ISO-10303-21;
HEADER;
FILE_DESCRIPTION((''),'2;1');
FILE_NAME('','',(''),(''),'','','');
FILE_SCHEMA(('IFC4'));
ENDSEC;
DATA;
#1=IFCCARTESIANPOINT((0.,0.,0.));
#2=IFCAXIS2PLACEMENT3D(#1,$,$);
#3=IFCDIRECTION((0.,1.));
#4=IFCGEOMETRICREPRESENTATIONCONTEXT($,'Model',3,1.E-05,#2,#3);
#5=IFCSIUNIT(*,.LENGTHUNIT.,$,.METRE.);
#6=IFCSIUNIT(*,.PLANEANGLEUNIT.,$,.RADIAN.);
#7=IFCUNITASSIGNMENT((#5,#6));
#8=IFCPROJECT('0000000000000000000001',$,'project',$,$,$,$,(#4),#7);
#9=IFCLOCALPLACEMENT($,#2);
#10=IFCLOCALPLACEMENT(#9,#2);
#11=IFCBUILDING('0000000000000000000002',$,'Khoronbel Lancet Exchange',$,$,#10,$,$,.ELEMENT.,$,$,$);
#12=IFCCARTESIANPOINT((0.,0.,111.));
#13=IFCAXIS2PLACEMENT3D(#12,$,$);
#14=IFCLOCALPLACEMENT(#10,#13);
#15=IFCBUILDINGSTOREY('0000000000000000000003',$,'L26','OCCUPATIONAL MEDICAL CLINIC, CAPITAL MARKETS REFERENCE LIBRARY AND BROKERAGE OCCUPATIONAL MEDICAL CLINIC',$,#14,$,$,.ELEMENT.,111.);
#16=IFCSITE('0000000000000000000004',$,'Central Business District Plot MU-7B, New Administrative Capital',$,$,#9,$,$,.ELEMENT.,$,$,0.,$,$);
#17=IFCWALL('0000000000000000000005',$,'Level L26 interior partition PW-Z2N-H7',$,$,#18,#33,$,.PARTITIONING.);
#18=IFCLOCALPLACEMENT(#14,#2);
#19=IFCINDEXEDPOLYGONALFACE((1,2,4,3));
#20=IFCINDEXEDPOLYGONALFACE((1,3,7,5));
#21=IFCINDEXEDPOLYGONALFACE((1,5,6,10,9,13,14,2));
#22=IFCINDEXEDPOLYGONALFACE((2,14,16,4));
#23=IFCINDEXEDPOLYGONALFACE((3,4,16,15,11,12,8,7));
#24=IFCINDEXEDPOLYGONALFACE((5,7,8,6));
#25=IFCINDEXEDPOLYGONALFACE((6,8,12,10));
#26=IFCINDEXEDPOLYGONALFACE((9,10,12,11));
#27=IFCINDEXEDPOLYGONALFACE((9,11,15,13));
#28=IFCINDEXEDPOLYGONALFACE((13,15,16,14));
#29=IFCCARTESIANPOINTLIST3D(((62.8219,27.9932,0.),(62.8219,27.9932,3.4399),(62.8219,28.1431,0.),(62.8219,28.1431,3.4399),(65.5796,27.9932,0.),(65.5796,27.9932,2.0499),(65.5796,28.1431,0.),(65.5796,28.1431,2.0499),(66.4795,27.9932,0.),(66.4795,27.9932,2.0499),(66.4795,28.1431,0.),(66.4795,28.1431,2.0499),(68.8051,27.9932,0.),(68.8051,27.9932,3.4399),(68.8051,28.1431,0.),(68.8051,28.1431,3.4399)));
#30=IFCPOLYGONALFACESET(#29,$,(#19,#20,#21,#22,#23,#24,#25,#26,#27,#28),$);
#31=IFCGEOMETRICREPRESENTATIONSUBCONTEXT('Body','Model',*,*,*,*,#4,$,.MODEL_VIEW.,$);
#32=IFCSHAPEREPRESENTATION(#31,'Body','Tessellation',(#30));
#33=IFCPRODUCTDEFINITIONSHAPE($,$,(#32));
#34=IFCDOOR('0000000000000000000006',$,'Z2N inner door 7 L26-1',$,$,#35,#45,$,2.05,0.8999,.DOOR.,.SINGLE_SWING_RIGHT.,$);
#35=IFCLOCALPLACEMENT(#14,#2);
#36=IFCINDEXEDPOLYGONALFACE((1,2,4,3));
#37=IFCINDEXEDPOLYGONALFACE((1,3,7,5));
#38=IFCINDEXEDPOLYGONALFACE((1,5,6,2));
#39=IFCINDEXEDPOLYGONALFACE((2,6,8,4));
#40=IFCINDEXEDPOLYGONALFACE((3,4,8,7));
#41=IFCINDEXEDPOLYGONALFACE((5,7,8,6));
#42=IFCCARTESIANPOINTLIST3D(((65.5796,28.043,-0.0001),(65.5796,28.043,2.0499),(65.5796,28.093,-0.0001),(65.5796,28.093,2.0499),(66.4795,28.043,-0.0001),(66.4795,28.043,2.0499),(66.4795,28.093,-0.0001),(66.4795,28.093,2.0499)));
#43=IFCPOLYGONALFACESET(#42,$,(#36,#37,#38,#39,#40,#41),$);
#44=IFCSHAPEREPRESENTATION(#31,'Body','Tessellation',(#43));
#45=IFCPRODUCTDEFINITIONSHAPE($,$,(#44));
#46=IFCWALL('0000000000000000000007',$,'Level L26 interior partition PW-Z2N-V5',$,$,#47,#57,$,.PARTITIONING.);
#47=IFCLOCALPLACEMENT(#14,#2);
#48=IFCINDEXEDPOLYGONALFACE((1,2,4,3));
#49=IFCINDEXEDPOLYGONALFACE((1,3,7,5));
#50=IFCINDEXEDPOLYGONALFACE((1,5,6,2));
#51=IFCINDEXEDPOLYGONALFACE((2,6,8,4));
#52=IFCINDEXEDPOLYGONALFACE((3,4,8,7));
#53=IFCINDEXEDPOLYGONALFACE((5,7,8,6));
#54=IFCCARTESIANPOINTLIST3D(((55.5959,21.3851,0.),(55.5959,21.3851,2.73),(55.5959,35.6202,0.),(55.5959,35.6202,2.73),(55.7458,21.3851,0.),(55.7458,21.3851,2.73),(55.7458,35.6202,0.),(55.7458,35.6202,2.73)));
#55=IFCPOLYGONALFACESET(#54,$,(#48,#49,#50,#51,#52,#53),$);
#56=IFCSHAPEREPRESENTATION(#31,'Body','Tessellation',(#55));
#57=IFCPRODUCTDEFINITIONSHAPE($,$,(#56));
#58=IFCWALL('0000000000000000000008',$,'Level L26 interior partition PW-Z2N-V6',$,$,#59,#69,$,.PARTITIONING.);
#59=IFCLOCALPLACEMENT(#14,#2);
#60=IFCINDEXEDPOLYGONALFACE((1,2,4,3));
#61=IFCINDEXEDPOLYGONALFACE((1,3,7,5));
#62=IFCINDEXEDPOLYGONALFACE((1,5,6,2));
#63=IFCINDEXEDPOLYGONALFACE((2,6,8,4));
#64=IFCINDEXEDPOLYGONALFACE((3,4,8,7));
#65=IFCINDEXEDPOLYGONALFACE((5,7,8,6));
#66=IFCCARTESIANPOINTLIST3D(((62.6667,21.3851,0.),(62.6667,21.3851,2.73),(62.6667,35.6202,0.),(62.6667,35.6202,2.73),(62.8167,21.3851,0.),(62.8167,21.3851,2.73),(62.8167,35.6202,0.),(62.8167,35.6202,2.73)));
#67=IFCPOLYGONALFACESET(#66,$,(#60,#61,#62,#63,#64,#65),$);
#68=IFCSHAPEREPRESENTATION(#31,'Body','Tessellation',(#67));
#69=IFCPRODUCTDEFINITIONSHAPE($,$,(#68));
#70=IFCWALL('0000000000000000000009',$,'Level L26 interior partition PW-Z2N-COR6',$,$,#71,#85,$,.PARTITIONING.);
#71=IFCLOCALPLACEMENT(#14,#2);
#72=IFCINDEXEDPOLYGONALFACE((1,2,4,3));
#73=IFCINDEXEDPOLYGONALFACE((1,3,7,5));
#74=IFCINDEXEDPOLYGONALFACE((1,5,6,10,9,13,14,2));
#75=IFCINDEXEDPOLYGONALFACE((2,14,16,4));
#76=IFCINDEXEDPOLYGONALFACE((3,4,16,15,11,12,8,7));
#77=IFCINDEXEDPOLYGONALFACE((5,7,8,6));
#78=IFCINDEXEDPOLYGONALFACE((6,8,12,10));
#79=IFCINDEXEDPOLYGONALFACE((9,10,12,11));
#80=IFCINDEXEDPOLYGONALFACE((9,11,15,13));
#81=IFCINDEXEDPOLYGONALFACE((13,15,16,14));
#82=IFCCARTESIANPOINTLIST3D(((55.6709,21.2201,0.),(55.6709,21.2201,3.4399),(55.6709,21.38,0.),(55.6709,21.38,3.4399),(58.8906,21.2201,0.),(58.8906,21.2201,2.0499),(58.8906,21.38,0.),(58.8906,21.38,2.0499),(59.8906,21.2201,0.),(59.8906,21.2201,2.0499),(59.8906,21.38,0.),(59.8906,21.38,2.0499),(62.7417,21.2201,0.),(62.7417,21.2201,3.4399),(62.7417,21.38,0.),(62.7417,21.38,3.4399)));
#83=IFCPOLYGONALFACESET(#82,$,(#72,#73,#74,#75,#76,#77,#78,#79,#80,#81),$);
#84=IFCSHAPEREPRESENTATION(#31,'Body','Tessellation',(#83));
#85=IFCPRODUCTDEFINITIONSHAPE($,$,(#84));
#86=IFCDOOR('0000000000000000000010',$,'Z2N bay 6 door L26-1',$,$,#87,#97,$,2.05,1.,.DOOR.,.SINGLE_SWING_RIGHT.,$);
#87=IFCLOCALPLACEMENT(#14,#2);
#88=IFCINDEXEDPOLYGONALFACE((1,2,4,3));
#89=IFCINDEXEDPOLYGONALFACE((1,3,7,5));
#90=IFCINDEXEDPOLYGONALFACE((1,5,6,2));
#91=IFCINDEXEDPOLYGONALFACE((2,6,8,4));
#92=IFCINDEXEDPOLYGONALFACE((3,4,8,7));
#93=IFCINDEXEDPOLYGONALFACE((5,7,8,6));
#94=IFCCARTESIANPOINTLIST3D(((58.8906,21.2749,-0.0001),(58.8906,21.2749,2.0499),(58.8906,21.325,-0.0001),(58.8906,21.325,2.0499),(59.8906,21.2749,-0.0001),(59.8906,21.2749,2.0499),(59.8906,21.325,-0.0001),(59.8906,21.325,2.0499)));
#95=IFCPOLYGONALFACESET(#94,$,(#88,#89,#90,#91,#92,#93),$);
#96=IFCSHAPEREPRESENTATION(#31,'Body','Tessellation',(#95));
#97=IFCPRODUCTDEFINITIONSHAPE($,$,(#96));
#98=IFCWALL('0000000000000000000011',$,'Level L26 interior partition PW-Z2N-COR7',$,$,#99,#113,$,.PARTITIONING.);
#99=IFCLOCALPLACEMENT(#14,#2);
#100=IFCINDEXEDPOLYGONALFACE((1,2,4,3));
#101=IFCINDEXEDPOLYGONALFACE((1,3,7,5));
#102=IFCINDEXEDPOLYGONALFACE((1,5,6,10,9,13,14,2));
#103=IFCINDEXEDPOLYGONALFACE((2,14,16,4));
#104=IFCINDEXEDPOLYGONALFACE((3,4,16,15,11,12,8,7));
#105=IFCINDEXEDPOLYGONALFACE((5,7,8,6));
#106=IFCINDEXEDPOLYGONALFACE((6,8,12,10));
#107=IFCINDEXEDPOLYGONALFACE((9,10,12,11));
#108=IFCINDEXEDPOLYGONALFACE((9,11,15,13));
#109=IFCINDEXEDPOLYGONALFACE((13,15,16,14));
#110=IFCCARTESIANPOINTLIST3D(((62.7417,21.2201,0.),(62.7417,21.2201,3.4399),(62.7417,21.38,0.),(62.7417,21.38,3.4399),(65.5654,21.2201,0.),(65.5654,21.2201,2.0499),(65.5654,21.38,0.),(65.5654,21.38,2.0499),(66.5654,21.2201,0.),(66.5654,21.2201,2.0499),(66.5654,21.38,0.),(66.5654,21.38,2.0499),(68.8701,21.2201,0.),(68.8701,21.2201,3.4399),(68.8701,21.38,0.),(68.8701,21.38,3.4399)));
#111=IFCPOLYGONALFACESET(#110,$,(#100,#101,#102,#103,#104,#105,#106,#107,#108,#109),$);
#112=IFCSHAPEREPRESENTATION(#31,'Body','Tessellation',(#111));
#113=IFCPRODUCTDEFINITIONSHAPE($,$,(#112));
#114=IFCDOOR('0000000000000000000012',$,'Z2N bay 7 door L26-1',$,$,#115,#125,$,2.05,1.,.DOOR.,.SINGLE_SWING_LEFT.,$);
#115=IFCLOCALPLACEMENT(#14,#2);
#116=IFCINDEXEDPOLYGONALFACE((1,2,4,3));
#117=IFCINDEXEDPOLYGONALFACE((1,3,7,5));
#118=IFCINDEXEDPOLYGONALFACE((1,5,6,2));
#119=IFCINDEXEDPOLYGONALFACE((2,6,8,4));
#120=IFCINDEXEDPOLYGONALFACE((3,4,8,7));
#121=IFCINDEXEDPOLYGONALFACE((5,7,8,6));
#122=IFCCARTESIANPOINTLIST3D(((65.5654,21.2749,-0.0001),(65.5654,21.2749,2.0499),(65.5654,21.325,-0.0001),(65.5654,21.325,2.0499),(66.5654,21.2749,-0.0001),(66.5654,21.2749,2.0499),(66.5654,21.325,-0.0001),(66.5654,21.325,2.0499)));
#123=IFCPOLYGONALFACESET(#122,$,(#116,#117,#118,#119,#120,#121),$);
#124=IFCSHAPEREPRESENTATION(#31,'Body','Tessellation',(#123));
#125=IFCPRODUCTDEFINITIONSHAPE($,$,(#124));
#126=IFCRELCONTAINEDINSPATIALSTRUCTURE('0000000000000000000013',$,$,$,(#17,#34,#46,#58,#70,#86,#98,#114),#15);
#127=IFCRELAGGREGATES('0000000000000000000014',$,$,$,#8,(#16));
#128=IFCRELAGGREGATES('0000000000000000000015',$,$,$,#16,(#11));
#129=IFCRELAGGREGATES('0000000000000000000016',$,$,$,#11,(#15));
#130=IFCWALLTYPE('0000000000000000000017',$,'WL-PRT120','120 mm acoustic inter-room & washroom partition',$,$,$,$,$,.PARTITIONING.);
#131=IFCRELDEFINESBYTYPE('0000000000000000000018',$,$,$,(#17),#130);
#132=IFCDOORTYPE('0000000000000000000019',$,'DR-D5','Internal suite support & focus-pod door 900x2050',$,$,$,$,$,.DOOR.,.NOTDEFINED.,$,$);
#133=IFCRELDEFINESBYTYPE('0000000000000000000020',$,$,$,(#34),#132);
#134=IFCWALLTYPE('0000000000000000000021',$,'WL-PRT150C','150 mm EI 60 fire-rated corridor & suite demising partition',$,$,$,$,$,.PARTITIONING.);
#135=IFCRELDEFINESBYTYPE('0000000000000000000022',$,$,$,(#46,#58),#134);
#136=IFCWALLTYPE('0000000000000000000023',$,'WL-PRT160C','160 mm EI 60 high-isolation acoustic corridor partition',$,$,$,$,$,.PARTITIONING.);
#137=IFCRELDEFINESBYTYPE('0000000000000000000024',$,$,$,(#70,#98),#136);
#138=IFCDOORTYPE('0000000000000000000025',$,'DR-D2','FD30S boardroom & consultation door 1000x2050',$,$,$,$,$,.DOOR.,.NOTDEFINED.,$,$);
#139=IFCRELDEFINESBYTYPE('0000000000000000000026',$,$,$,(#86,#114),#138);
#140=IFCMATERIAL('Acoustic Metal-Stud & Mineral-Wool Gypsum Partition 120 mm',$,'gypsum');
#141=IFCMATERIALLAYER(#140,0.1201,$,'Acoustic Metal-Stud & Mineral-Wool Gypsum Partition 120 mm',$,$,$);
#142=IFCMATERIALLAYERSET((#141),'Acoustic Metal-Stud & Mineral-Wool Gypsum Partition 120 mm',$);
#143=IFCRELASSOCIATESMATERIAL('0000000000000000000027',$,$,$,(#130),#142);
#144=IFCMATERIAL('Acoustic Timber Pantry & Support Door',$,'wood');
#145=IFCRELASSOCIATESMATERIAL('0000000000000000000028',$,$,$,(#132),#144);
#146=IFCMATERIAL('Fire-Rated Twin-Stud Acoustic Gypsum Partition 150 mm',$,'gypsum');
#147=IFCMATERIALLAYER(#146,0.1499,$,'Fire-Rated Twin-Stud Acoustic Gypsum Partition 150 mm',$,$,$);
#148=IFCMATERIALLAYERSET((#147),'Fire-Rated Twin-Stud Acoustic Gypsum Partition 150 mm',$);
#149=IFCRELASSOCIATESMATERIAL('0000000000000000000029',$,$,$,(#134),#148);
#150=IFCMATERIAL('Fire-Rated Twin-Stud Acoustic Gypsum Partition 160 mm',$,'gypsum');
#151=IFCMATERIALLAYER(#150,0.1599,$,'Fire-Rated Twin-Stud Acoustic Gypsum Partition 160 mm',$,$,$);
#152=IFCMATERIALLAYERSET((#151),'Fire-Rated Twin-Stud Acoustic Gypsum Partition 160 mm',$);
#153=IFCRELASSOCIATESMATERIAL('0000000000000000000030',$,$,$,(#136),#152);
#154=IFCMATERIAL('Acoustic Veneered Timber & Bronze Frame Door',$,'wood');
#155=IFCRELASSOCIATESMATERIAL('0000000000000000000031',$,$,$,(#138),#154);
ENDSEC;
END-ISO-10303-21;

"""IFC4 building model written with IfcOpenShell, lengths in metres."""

from ifc_helpers import new_model, si_unit, direction, frame, frame_2d, origin, place, context, subcontext, project, spatial, rectangle, extrude, material, layer, layer_set, type_object, element, fill, save


model = new_model("IFC4")

# Units and contexts
model_context = context("Model", 3, precision=1e-05, world=origin(), true_north=direction((0.0, 1.0)))
body_context = subcontext(model_context, "Body", "Model", "MODEL_VIEW")
ifc_project = project(units=[si_unit("LENGTHUNIT", "METRE"), si_unit("PLANEANGLEUNIT", "RADIAN")], contexts=[model_context])

# Site, building, storey
site_placement = place(None, origin())
site = spatial("IfcSite", under=ifc_project, at=site_placement, Name="Central Business District Plot MU-7B, New Administrative Capital", CompositionType="ELEMENT", RefElevation=0.0)
building_placement = place(site_placement, origin())
building = spatial("IfcBuilding", under=site, at=building_placement, Name="Khoronbel Lancet Exchange", CompositionType="ELEMENT")
storey_placement = place(building_placement, frame((0.0, 0.0, 111.0)))
storey = spatial("IfcBuildingStorey", under=building, at=storey_placement, Name="L26", Description="OCCUPATIONAL MEDICAL CLINIC, CAPITAL MARKETS REFERENCE LIBRARY AND BROKERAGE OCCUPATIONAL MEDICAL CLINIC", CompositionType="ELEMENT", Elevation=111.0)

# Wall, opening, door
ifc_material_1 = material(Name="Acoustic Metal-Stud & Mineral-Wool Gypsum Partition 120 mm", Category="gypsum")
ifc_layer_1 = layer(ifc_material_1, 0.1201, Name="Acoustic Metal-Stud & Mineral-Wool Gypsum Partition 120 mm")
ifc_layer_set_1 = layer_set([ifc_layer_1], Name="Acoustic Metal-Stud & Mineral-Wool Gypsum Partition 120 mm")
wall_type_1 = type_object("IfcWallType", Name="WL-PRT120", Description="120 mm acoustic inter-room & washroom partition", PredefinedType="PARTITIONING", material=ifc_layer_set_1)
wall_1_placement = place(storey_placement, frame((62.8218, 28.0681, 0.0), z_axis=(0.0, 0.0, 1.0), x_axis=(1.0, 0.0, 0.0)))
wall_1 = element("IfcWall", 1, at=wall_1_placement, inside=storey, type_object=wall_type_1, Name="Level L26 interior partition PW-Z2N-H7", PredefinedType="PARTITIONING", context=body_context, shape_type="SweptSolid", body=[
    extrude(rectangle(XDim=5.9832, YDim=0.1499, at=frame_2d((2.9917, 0.0))), origin(), (0.0, 0.0, 1.0), 3.4399),
])
opening_1_placement = place(wall_1_placement, frame((2.7578, 0.0, 0.0)))
opening_1 = element("IfcOpeningElement", 2, at=opening_1_placement, cuts=wall_1, PredefinedType="OPENING", context=body_context, shape_type="SweptSolid", body=[
    extrude(rectangle(XDim=0.8999, YDim=2.05, at=frame_2d((0.45, 1.0249))), frame((0.0, 0.085, 0.0), z_axis=(0.0, -1.0, 0.0), x_axis=(1.0, 0.0, 0.0)), (0.0, 0.0, 1.0), 0.1699),
])
ifc_material_2 = material(Name="Acoustic Timber Pantry & Support Door", Category="wood")
door_type_1 = type_object("IfcDoorType", Name="DR-D5", Description="Internal suite support & focus-pod door 900x2050", OperationType="NOTDEFINED", PredefinedType="DOOR", material=ifc_material_2)
door_1_placement = place(opening_1_placement, origin())
door_1 = element("IfcDoor", 3, at=door_1_placement, inside=storey, type_object=door_type_1, Name="Z2N inner door 7 L26-1", OperationType="SINGLE_SWING_RIGHT", OverallHeight=2.05, OverallWidth=0.8999, PredefinedType="DOOR", context=body_context, shape_type="SweptSolid", body=[
    extrude(rectangle(XDim=0.8999, YDim=2.05, at=frame_2d((0.45, 1.0249))), frame((0.0, 0.0249, 0.0), z_axis=(0.0, -1.0, 0.0), x_axis=(1.0, 0.0, 0.0)), (0.0, 0.0, 1.0), 0.05),
])
fill(opening_1, door_1)

# Walls
ifc_material_3 = material(Name="Fire-Rated Twin-Stud Acoustic Gypsum Partition 150 mm", Category="gypsum")
ifc_layer_2 = layer(ifc_material_3, 0.1499, Name="Fire-Rated Twin-Stud Acoustic Gypsum Partition 150 mm")
ifc_layer_set_2 = layer_set([ifc_layer_2], Name="Fire-Rated Twin-Stud Acoustic Gypsum Partition 150 mm")
wall_type_2 = type_object("IfcWallType", Name="WL-PRT150C", Description="150 mm EI 60 fire-rated corridor & suite demising partition", PredefinedType="PARTITIONING", material=ifc_layer_set_2)
for number, where, z_axis, x_axis, name in (
    (4, (55.6709, 21.385, 0.0), (0.0, 0.0, 1.0), (0.0, 1.0, 0.0), "Level L26 interior partition PW-Z2N-V5"),
    (5, (62.7417, 21.385, 0.0), (0.0, 0.0, 1.0), (0.0, 1.0, 0.0), "Level L26 interior partition PW-Z2N-V6"),
):
    element("IfcWall", number, at=place(storey_placement, frame(where, z_axis=z_axis, x_axis=x_axis)), inside=storey, type_object=wall_type_2, Name=name, PredefinedType="PARTITIONING", context=body_context, shape_type="SweptSolid", body=[
        extrude(rectangle(XDim=14.2351, YDim=0.1499, at=frame_2d((7.1177, 0.0))), origin(), (0.0, 0.0, 1.0), 2.73),
    ])

# Walls, openings, doors
ifc_material_4 = material(Name="Fire-Rated Twin-Stud Acoustic Gypsum Partition 160 mm", Category="gypsum")
ifc_layer_3 = layer(ifc_material_4, 0.1599, Name="Fire-Rated Twin-Stud Acoustic Gypsum Partition 160 mm")
ifc_layer_set_3 = layer_set([ifc_layer_3], Name="Fire-Rated Twin-Stud Acoustic Gypsum Partition 160 mm")
wall_type_3 = type_object("IfcWallType", Name="WL-PRT160C", Description="160 mm EI 60 high-isolation acoustic corridor partition", PredefinedType="PARTITIONING", material=ifc_layer_set_3)
wall_2_placement = place(storey_placement, frame((55.6709, 21.3, 0.0), z_axis=(0.0, 0.0, 1.0), x_axis=(1.0, 0.0, 0.0)))
wall_2 = element("IfcWall", 6, at=wall_2_placement, inside=storey, type_object=wall_type_3, Name="Level L26 interior partition PW-Z2N-COR6", PredefinedType="PARTITIONING", context=body_context, shape_type="SweptSolid", body=[
    extrude(rectangle(XDim=7.0708, YDim=0.1599, at=frame_2d((3.5354, 0.0))), origin(), (0.0, 0.0, 1.0), 3.4399),
])
opening_2_placement = place(wall_2_placement, frame((3.2197, 0.0, 0.0)))
opening_2 = element("IfcOpeningElement", 7, at=opening_2_placement, cuts=wall_2, PredefinedType="OPENING", context=body_context, shape_type="SweptSolid", body=[
    extrude(rectangle(XDim=1.0, YDim=2.05, at=frame_2d((0.5, 1.0249))), frame((0.0, 0.0898, 0.0), z_axis=(0.0, -1.0, 0.0), x_axis=(1.0, 0.0, 0.0)), (0.0, 0.0, 1.0), 0.1799),
])
ifc_material_5 = material(Name="Acoustic Veneered Timber & Bronze Frame Door", Category="wood")
door_type_2 = type_object("IfcDoorType", Name="DR-D2", Description="FD30S boardroom & consultation door 1000x2050", OperationType="NOTDEFINED", PredefinedType="DOOR", material=ifc_material_5)
door_2_placement = place(opening_2_placement, origin())
door_2 = element("IfcDoor", 8, at=door_2_placement, inside=storey, type_object=door_type_2, Name="Z2N bay 6 door L26-1", OperationType="SINGLE_SWING_RIGHT", OverallHeight=2.05, OverallWidth=1.0, PredefinedType="DOOR", context=body_context, shape_type="SweptSolid", body=[
    extrude(rectangle(XDim=1.0, YDim=2.05, at=frame_2d((0.5, 1.0249))), frame((0.0, 0.0249, 0.0), z_axis=(0.0, -1.0, 0.0), x_axis=(1.0, 0.0, 0.0)), (0.0, 0.0, 1.0), 0.05),
])
fill(opening_2, door_2)
wall_3_placement = place(storey_placement, frame((62.7417, 21.3, 0.0), z_axis=(0.0, 0.0, 1.0), x_axis=(1.0, 0.0, 0.0)))
wall_3 = element("IfcWall", 9, at=wall_3_placement, inside=storey, type_object=wall_type_3, Name="Level L26 interior partition PW-Z2N-COR7", PredefinedType="PARTITIONING", context=body_context, shape_type="SweptSolid", body=[
    extrude(rectangle(XDim=6.1284, YDim=0.1599, at=frame_2d((3.0642, 0.0))), origin(), (0.0, 0.0, 1.0), 3.4399),
])
opening_3_placement = place(wall_3_placement, frame((2.8237, 0.0, 0.0)))
opening_3 = element("IfcOpeningElement", 10, at=opening_3_placement, cuts=wall_3, PredefinedType="OPENING", context=body_context, shape_type="SweptSolid", body=[
    extrude(rectangle(XDim=1.0, YDim=2.05, at=frame_2d((0.5, 1.0249))), frame((0.0, 0.0898, 0.0), z_axis=(0.0, -1.0, 0.0), x_axis=(1.0, 0.0, 0.0)), (0.0, 0.0, 1.0), 0.1799),
])
door_3_placement = place(opening_3_placement, origin())
door_3 = element("IfcDoor", 11, at=door_3_placement, inside=storey, type_object=door_type_2, Name="Z2N bay 7 door L26-1", OperationType="SINGLE_SWING_LEFT", OverallHeight=2.05, OverallWidth=1.0, PredefinedType="DOOR", context=body_context, shape_type="SweptSolid", body=[
    extrude(rectangle(XDim=1.0, YDim=2.05, at=frame_2d((0.5, 1.0249))), frame((0.0, 0.0249, 0.0), z_axis=(0.0, -1.0, 0.0), x_axis=(1.0, 0.0, 0.0)), (0.0, 0.0, 1.0), 0.05),
])
fill(opening_3, door_3)

save(model, "model.ifc")
